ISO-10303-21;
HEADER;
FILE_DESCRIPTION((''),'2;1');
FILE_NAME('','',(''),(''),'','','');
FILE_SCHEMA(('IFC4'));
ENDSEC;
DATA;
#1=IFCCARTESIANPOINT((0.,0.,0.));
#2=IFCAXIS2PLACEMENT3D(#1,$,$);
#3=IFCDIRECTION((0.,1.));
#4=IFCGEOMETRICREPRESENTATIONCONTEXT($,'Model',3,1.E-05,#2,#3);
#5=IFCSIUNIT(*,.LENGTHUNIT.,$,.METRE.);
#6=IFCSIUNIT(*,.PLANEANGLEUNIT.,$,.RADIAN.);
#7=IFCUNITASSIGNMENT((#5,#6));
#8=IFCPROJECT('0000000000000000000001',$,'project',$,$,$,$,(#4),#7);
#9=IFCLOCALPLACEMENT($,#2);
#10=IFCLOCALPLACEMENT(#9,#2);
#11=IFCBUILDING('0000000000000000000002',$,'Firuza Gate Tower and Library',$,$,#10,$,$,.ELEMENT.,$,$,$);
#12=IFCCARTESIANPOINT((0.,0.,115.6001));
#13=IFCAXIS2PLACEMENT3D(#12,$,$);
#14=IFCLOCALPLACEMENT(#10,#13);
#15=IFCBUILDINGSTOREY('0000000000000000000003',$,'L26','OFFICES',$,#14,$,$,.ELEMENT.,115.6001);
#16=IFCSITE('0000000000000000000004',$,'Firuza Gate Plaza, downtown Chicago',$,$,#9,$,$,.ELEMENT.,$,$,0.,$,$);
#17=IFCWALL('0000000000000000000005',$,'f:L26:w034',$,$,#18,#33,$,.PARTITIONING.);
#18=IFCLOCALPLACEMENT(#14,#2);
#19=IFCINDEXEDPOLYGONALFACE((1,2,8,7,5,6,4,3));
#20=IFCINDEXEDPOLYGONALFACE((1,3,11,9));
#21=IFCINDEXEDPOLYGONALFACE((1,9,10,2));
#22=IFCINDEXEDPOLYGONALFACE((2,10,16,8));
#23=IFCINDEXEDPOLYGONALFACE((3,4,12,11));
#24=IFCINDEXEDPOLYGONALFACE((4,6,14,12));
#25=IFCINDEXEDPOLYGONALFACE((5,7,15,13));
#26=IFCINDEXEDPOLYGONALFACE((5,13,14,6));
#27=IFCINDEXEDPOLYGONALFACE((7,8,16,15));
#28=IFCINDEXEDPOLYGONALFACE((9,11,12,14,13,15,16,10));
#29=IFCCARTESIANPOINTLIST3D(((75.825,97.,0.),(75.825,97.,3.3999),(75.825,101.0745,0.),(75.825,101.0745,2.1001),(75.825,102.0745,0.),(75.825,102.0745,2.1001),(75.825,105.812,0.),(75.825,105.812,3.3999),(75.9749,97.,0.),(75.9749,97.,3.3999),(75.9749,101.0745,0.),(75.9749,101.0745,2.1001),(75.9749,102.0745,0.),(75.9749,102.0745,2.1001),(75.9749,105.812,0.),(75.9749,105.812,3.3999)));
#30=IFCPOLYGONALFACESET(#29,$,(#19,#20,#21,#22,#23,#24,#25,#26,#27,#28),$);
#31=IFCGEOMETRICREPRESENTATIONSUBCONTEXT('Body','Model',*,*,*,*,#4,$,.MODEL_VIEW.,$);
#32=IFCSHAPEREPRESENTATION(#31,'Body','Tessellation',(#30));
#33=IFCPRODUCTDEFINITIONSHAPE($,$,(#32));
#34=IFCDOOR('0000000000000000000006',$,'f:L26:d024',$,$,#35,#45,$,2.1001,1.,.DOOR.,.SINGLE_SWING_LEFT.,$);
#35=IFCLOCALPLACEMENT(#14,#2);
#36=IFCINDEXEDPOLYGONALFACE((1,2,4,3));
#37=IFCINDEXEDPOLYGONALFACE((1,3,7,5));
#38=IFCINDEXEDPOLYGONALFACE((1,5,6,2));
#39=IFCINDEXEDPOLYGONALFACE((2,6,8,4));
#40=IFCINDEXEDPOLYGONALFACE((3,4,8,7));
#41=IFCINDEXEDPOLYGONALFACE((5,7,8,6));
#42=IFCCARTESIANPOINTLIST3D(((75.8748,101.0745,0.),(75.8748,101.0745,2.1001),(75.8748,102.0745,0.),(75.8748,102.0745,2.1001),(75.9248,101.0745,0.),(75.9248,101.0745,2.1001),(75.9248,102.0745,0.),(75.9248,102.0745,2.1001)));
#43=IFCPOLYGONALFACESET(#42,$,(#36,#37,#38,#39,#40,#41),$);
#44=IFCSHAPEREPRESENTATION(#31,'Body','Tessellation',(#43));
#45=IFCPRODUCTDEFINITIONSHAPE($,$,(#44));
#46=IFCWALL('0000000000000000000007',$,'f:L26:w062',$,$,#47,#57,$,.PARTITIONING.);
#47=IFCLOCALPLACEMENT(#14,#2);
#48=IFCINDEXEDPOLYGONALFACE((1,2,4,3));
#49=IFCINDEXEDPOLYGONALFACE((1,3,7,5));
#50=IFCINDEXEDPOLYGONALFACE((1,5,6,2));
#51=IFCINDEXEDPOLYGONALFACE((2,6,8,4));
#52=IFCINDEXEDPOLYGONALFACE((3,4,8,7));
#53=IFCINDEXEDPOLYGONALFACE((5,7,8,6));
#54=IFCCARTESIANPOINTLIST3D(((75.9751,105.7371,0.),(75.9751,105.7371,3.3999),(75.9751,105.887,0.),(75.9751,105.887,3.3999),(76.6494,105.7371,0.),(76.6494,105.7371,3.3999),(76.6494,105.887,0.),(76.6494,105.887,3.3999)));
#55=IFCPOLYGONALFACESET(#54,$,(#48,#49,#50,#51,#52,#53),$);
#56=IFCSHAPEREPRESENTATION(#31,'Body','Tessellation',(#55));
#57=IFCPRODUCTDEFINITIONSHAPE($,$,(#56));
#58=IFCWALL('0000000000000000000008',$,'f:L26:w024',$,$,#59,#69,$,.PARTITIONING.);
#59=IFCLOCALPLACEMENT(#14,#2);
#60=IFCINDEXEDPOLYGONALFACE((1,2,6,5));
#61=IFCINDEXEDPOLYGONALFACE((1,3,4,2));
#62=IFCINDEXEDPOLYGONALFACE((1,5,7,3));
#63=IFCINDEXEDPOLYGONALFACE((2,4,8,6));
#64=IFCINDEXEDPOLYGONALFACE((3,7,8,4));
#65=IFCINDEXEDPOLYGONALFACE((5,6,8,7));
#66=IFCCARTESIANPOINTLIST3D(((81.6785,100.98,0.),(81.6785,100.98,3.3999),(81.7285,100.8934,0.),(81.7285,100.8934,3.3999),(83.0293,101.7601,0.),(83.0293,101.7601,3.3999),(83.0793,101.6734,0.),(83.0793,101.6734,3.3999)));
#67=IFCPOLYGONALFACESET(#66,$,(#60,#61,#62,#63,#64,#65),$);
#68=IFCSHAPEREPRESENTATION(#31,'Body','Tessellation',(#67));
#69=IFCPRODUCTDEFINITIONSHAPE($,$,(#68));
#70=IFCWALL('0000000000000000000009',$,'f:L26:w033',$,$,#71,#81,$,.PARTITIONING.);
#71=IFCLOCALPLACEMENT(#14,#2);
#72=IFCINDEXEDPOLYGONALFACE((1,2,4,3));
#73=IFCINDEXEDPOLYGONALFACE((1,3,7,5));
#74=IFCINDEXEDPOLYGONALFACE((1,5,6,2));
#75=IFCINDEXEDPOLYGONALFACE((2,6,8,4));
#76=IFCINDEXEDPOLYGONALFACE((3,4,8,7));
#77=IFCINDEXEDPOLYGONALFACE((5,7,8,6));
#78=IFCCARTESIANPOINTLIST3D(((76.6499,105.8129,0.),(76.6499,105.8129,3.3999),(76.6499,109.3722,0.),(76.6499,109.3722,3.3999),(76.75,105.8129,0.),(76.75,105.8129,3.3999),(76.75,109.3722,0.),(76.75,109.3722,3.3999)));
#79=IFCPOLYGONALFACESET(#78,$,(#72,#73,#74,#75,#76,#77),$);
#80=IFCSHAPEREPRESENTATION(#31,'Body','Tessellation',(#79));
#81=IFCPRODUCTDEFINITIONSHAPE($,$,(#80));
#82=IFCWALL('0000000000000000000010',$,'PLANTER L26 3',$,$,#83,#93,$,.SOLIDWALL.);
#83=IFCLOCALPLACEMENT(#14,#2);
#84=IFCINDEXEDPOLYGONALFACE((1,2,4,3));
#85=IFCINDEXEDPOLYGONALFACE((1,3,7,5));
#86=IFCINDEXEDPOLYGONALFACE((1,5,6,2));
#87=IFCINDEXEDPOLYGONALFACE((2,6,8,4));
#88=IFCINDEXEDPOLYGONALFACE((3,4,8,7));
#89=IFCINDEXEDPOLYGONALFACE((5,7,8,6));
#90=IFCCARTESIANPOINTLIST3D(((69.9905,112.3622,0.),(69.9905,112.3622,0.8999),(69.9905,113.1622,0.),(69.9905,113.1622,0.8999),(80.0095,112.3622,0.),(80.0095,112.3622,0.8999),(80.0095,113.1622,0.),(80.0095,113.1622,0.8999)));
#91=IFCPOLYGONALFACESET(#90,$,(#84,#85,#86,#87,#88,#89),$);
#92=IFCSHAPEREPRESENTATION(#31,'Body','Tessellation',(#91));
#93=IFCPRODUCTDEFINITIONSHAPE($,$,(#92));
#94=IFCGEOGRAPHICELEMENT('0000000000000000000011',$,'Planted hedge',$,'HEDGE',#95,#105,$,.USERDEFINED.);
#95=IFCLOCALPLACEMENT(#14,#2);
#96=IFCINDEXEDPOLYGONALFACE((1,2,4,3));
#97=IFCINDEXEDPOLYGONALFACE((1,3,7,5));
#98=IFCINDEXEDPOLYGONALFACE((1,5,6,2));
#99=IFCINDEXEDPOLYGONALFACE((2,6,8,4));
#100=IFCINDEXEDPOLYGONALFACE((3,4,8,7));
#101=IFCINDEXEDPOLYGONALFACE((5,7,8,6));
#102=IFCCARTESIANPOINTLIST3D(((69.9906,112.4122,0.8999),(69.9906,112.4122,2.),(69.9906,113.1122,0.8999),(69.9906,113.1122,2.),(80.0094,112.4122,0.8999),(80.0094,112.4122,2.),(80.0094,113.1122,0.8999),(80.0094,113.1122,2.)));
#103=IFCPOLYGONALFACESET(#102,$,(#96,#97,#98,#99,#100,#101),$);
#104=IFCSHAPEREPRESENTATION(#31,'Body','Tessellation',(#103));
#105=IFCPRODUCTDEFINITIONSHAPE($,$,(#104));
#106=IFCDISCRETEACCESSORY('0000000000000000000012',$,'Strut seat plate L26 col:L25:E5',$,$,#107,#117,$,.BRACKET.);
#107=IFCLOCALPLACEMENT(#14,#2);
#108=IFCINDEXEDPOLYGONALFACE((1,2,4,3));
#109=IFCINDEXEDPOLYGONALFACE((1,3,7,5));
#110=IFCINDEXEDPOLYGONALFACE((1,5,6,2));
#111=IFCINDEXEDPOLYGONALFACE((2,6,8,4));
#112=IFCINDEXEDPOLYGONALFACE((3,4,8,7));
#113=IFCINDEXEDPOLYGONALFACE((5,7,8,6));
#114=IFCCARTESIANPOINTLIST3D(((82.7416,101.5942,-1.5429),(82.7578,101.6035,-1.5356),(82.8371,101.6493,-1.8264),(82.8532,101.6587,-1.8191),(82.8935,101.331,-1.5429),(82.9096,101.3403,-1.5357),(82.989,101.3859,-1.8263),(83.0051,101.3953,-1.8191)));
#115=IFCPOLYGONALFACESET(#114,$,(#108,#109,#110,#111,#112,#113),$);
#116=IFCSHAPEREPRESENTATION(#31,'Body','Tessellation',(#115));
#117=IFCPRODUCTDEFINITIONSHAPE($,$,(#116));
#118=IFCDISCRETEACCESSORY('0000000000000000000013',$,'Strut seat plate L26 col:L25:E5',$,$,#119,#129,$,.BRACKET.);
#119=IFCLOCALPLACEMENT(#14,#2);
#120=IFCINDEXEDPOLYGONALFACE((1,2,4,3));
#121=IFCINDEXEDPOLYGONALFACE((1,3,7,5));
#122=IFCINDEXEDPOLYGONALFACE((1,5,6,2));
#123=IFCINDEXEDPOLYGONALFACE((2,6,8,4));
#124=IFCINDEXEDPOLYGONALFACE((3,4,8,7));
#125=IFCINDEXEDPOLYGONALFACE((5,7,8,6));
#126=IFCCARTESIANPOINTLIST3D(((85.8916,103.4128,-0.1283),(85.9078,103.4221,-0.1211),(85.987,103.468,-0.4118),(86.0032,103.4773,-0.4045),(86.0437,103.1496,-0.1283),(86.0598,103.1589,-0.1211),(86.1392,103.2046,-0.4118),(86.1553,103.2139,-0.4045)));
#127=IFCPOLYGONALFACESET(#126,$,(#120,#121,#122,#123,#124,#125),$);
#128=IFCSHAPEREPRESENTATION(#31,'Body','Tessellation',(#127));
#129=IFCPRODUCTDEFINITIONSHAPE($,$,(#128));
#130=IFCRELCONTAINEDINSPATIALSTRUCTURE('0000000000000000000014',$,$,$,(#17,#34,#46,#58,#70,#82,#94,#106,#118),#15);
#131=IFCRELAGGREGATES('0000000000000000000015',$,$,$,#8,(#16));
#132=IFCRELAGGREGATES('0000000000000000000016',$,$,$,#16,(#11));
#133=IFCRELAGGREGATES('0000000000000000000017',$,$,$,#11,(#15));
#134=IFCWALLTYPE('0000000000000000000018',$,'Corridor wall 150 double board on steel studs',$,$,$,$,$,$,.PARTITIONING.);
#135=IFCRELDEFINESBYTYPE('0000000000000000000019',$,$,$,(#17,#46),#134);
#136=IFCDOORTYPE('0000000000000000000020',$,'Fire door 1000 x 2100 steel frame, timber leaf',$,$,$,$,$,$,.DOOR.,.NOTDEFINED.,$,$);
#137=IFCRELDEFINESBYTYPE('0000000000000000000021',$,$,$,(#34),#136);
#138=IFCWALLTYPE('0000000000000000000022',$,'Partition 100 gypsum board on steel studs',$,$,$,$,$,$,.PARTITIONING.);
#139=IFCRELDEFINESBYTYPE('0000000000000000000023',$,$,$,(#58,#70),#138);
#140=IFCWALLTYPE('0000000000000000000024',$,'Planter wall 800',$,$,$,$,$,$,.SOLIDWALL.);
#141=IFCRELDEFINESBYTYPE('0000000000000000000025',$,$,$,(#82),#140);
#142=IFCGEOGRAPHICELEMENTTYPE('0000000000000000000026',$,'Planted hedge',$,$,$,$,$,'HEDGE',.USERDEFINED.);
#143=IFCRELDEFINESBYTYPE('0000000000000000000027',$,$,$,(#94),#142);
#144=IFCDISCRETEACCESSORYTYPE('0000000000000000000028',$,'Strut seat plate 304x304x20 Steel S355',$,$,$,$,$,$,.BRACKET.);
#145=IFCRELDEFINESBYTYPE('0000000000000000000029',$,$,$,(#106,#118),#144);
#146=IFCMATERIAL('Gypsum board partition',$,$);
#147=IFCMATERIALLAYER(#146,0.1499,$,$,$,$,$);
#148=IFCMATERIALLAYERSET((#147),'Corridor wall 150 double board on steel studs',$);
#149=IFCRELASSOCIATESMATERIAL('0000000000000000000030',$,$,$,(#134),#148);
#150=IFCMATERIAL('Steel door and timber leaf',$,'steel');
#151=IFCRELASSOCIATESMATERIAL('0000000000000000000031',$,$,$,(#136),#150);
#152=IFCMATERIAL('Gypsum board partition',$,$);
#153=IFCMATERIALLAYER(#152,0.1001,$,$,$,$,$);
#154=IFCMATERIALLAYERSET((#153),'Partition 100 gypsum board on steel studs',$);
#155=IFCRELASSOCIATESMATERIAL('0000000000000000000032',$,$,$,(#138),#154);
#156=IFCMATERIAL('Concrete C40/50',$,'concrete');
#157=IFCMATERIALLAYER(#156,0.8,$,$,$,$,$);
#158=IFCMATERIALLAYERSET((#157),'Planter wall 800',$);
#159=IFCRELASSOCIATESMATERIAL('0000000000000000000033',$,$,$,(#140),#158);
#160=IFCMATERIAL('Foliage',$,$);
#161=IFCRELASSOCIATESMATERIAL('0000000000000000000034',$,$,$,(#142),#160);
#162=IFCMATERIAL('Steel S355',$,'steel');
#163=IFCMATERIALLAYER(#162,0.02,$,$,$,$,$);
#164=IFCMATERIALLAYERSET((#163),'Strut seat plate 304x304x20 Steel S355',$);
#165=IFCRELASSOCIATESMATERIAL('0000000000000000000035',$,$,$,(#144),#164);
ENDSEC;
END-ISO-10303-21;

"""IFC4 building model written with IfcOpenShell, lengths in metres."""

from ifc_helpers import new_model, si_unit, direction, frame, frame_2d, origin, origin_2d, place, context, subcontext, project, spatial, polyline, rectangle, outline, extrude, material, layer, layer_set, type_object, element, fill, save


model = new_model("IFC4")

# Units and contexts
model_context = context("Model", 3, precision=1e-05, world=origin(), true_north=direction((0.0, 1.0)))
body_context = subcontext(model_context, "Body", "Model", "MODEL_VIEW")
ifc_project = project(units=[si_unit("LENGTHUNIT", "METRE"), si_unit("PLANEANGLEUNIT", "RADIAN")], contexts=[model_context])

# Site, building, storey
site_placement = place(None, origin())
site = spatial("IfcSite", under=ifc_project, at=site_placement, Name="Firuza Gate Plaza, downtown Chicago", CompositionType="ELEMENT", RefElevation=0.0)
building_placement = place(site_placement, origin())
building = spatial("IfcBuilding", under=site, at=building_placement, Name="Firuza Gate Tower and Library", CompositionType="ELEMENT")
storey_placement = place(building_placement, frame((0.0, 0.0, 115.6001)))
storey = spatial("IfcBuildingStorey", under=building, at=storey_placement, Name="L26", Description="OFFICES", CompositionType="ELEMENT", Elevation=115.6001)

# Wall, opening, door
ifc_material_1 = material(Name="Gypsum board partition")
ifc_layer_1 = layer(ifc_material_1, 0.1499)
ifc_layer_set_1 = layer_set([ifc_layer_1], Name="Corridor wall 150 double board on steel studs")
wall_type_1 = type_object("IfcWallType", Name="Corridor wall 150 double board on steel studs", PredefinedType="PARTITIONING", material=ifc_layer_set_1)
wall_1_placement = place(storey_placement, frame((75.8999, 105.812, 0.0), z_axis=(0.0, 0.0, 1.0), x_axis=(0.0, -1.0, 0.0)))
wall_1 = element("IfcWall", 1, at=wall_1_placement, inside=storey, type_object=wall_type_1, Name="f:L26:w034", PredefinedType="PARTITIONING", context=body_context, shape_type="SweptSolid", body=[
    extrude(rectangle(XDim=8.812, YDim=0.1499, at=frame_2d((4.406, 0.0))), origin(), (0.0, 0.0, 1.0), 3.3999),
])
opening_placement = place(wall_1_placement, frame((3.7375, 0.0, 0.0)))
opening = element("IfcOpeningElement", 2, at=opening_placement, cuts=wall_1, PredefinedType="OPENING", context=body_context, shape_type="SweptSolid", body=[
    extrude(rectangle(XDim=1.0, YDim=2.1001, at=frame_2d((0.5, 1.05))), frame((0.0, 0.085, 0.0), z_axis=(0.0, -1.0, 0.0), x_axis=(1.0, 0.0, 0.0)), (0.0, 0.0, 1.0), 0.1699),
])
ifc_material_2 = material(Name="Steel door and timber leaf", Category="steel")
door_type = type_object("IfcDoorType", Name="Fire door 1000 x 2100 steel frame, timber leaf", OperationType="NOTDEFINED", PredefinedType="DOOR", material=ifc_material_2)
door_placement = place(opening_placement, origin())
door = element("IfcDoor", 3, at=door_placement, inside=storey, type_object=door_type, Name="f:L26:d024", OperationType="SINGLE_SWING_LEFT", OverallHeight=2.1001, OverallWidth=1.0, PredefinedType="DOOR", context=body_context, shape_type="SweptSolid", body=[
    extrude(rectangle(XDim=1.0, YDim=2.1001, at=frame_2d((0.5, 1.05))), frame((0.0, 0.0249, 0.0), z_axis=(0.0, -1.0, 0.0), x_axis=(1.0, 0.0, 0.0)), (0.0, 0.0, 1.0), 0.05),
])
fill(opening, door)

# Walls
wall_2_placement = place(storey_placement, frame((75.9751, 105.812, 0.0), z_axis=(0.0, 0.0, 1.0), x_axis=(1.0, 0.0, 0.0)))
element("IfcWall", 4, at=wall_2_placement, inside=storey, type_object=wall_type_1, Name="f:L26:w062", PredefinedType="PARTITIONING", context=body_context, shape_type="SweptSolid", body=[
    extrude(rectangle(XDim=0.6743, YDim=0.1499, at=frame_2d((0.3372, 0.0))), origin(), (0.0, 0.0, 1.0), 3.3999),
])
ifc_material_3 = material(Name="Gypsum board partition")
ifc_layer_2 = layer(ifc_material_3, 0.1001)
ifc_layer_set_2 = layer_set([ifc_layer_2], Name="Partition 100 gypsum board on steel studs")
wall_type_2 = type_object("IfcWallType", Name="Partition 100 gypsum board on steel studs", PredefinedType="PARTITIONING", material=ifc_layer_set_2)
wall_3_placement = place(storey_placement, frame((81.7036, 100.9368, 0.0), z_axis=(0.0, 0.0, 1.0), x_axis=(0.86599, 0.500061, 0.0)))
element("IfcWall", 5, at=wall_3_placement, inside=storey, type_object=wall_type_2, Name="f:L26:w024", PredefinedType="PARTITIONING", context=body_context, shape_type="SweptSolid", body=[
    extrude(rectangle(XDim=1.5598, YDim=0.1001, at=frame_2d((0.7798, 0.0))), origin(), (0.0, 0.0, 1.0), 3.3999),
])
wall_4_placement = place(storey_placement, frame((76.7, 105.8127, 0.0), z_axis=(0.0, 0.0, 1.0), x_axis=(0.0, 1.0, 0.0)))
element("IfcWall", 6, at=wall_4_placement, inside=storey, type_object=wall_type_2, Name="f:L26:w033", PredefinedType="PARTITIONING", context=body_context, shape_type="SweptSolid", body=[
    extrude(rectangle(XDim=3.5593, YDim=0.1001, at=frame_2d((1.7798, 0.0))), origin(), (0.0, 0.0, 1.0), 3.3999),
])
ifc_material_4 = material(Name="Concrete C40/50", Category="concrete")
ifc_layer_3 = layer(ifc_material_4, 0.8)
ifc_layer_set_3 = layer_set([ifc_layer_3], Name="Planter wall 800")
wall_type_3 = type_object("IfcWallType", Name="Planter wall 800", PredefinedType="SOLIDWALL", material=ifc_layer_set_3)
wall_5_placement = place(storey_placement, frame((80.0095, 112.7622, 0.0), z_axis=(0.0, 0.0, 1.0), x_axis=(-1.0, 0.0, 0.0)))
element("IfcWall", 7, at=wall_5_placement, inside=storey, type_object=wall_type_3, Name="PLANTER L26 3", PredefinedType="SOLIDWALL", context=body_context, shape_type="SweptSolid", body=[
    extrude(rectangle(XDim=10.019, YDim=0.8, at=frame_2d((5.0095, 0.0))), origin(), (0.0, 0.0, 1.0), 0.8999),
])

# Geographic element
ifc_material_5 = material(Name="Foliage")
geographic_element_type = type_object("IfcGeographicElementType", Name="Planted hedge", ElementType="HEDGE", PredefinedType="USERDEFINED", material=ifc_material_5)
geographic_element_placement = place(storey_placement, frame((75.0, 112.7622, 0.8999), z_axis=(0.0, 0.0, 1.0), x_axis=(-1.0, 0.0, 0.0)))
element("IfcGeographicElement", 8, at=geographic_element_placement, inside=storey, type_object=geographic_element_type, Name="Planted hedge", ObjectType="HEDGE", PredefinedType="USERDEFINED", context=body_context, shape_type="SweptSolid", body=[
    extrude(rectangle(XDim=10.0188, YDim=0.7, at=origin_2d()), origin(), (0.0, 0.0, 1.0), 1.1001),
])

# Discrete accessories
ifc_material_6 = material(Name="Steel S355", Category="steel")
ifc_layer_4 = layer(ifc_material_6, 0.02)
ifc_layer_set_4 = layer_set([ifc_layer_4], Name="Strut seat plate 304x304x20 Steel S355")
discrete_accessory_type = type_object("IfcDiscreteAccessoryType", Name="Strut seat plate 304x304x20 Steel S355", PredefinedType="BRACKET", material=ifc_layer_set_4)
discrete_accessory_1_placement = place(storey_placement, frame((82.7578, 101.6035, -1.5356), z_axis=(0.807389, 0.465643, 0.362353), x_axis=(0.499618, -0.866246, -0.000068)))
element("IfcDiscreteAccessory", 9, at=discrete_accessory_1_placement, inside=storey, type_object=discrete_accessory_type, Name="Strut seat plate L26 col:L25:E5", PredefinedType="BRACKET", context=body_context, shape_type="SweptSolid", body=[
    extrude(outline(polyline([(0.0, 0.0), (0.3039, 0.0), (0.304, 0.3041), (-0.0001, 0.3041), (0.0, 0.0)])), origin(), (0.0, 0.0, -1.0), 0.02),
])
discrete_accessory_2_placement = place(storey_placement, frame((86.0598, 103.1589, -0.1211), z_axis=(0.807065, 0.466204, 0.362353), x_axis=(-0.50022, 0.865898, 0.000068)))
element("IfcDiscreteAccessory", 10, at=discrete_accessory_2_placement, inside=storey, type_object=discrete_accessory_type, Name="Strut seat plate L26 col:L25:E5", PredefinedType="BRACKET", context=body_context, shape_type="SweptSolid", body=[
    extrude(outline(polyline([(0.0, 0.0), (0.304, 0.0), (0.304, -0.3041), (-0.0002, -0.3041), (0.0, 0.0)])), origin(), (0.0, 0.0, -1.0), 0.02),
])

save(model, "model.ifc")
